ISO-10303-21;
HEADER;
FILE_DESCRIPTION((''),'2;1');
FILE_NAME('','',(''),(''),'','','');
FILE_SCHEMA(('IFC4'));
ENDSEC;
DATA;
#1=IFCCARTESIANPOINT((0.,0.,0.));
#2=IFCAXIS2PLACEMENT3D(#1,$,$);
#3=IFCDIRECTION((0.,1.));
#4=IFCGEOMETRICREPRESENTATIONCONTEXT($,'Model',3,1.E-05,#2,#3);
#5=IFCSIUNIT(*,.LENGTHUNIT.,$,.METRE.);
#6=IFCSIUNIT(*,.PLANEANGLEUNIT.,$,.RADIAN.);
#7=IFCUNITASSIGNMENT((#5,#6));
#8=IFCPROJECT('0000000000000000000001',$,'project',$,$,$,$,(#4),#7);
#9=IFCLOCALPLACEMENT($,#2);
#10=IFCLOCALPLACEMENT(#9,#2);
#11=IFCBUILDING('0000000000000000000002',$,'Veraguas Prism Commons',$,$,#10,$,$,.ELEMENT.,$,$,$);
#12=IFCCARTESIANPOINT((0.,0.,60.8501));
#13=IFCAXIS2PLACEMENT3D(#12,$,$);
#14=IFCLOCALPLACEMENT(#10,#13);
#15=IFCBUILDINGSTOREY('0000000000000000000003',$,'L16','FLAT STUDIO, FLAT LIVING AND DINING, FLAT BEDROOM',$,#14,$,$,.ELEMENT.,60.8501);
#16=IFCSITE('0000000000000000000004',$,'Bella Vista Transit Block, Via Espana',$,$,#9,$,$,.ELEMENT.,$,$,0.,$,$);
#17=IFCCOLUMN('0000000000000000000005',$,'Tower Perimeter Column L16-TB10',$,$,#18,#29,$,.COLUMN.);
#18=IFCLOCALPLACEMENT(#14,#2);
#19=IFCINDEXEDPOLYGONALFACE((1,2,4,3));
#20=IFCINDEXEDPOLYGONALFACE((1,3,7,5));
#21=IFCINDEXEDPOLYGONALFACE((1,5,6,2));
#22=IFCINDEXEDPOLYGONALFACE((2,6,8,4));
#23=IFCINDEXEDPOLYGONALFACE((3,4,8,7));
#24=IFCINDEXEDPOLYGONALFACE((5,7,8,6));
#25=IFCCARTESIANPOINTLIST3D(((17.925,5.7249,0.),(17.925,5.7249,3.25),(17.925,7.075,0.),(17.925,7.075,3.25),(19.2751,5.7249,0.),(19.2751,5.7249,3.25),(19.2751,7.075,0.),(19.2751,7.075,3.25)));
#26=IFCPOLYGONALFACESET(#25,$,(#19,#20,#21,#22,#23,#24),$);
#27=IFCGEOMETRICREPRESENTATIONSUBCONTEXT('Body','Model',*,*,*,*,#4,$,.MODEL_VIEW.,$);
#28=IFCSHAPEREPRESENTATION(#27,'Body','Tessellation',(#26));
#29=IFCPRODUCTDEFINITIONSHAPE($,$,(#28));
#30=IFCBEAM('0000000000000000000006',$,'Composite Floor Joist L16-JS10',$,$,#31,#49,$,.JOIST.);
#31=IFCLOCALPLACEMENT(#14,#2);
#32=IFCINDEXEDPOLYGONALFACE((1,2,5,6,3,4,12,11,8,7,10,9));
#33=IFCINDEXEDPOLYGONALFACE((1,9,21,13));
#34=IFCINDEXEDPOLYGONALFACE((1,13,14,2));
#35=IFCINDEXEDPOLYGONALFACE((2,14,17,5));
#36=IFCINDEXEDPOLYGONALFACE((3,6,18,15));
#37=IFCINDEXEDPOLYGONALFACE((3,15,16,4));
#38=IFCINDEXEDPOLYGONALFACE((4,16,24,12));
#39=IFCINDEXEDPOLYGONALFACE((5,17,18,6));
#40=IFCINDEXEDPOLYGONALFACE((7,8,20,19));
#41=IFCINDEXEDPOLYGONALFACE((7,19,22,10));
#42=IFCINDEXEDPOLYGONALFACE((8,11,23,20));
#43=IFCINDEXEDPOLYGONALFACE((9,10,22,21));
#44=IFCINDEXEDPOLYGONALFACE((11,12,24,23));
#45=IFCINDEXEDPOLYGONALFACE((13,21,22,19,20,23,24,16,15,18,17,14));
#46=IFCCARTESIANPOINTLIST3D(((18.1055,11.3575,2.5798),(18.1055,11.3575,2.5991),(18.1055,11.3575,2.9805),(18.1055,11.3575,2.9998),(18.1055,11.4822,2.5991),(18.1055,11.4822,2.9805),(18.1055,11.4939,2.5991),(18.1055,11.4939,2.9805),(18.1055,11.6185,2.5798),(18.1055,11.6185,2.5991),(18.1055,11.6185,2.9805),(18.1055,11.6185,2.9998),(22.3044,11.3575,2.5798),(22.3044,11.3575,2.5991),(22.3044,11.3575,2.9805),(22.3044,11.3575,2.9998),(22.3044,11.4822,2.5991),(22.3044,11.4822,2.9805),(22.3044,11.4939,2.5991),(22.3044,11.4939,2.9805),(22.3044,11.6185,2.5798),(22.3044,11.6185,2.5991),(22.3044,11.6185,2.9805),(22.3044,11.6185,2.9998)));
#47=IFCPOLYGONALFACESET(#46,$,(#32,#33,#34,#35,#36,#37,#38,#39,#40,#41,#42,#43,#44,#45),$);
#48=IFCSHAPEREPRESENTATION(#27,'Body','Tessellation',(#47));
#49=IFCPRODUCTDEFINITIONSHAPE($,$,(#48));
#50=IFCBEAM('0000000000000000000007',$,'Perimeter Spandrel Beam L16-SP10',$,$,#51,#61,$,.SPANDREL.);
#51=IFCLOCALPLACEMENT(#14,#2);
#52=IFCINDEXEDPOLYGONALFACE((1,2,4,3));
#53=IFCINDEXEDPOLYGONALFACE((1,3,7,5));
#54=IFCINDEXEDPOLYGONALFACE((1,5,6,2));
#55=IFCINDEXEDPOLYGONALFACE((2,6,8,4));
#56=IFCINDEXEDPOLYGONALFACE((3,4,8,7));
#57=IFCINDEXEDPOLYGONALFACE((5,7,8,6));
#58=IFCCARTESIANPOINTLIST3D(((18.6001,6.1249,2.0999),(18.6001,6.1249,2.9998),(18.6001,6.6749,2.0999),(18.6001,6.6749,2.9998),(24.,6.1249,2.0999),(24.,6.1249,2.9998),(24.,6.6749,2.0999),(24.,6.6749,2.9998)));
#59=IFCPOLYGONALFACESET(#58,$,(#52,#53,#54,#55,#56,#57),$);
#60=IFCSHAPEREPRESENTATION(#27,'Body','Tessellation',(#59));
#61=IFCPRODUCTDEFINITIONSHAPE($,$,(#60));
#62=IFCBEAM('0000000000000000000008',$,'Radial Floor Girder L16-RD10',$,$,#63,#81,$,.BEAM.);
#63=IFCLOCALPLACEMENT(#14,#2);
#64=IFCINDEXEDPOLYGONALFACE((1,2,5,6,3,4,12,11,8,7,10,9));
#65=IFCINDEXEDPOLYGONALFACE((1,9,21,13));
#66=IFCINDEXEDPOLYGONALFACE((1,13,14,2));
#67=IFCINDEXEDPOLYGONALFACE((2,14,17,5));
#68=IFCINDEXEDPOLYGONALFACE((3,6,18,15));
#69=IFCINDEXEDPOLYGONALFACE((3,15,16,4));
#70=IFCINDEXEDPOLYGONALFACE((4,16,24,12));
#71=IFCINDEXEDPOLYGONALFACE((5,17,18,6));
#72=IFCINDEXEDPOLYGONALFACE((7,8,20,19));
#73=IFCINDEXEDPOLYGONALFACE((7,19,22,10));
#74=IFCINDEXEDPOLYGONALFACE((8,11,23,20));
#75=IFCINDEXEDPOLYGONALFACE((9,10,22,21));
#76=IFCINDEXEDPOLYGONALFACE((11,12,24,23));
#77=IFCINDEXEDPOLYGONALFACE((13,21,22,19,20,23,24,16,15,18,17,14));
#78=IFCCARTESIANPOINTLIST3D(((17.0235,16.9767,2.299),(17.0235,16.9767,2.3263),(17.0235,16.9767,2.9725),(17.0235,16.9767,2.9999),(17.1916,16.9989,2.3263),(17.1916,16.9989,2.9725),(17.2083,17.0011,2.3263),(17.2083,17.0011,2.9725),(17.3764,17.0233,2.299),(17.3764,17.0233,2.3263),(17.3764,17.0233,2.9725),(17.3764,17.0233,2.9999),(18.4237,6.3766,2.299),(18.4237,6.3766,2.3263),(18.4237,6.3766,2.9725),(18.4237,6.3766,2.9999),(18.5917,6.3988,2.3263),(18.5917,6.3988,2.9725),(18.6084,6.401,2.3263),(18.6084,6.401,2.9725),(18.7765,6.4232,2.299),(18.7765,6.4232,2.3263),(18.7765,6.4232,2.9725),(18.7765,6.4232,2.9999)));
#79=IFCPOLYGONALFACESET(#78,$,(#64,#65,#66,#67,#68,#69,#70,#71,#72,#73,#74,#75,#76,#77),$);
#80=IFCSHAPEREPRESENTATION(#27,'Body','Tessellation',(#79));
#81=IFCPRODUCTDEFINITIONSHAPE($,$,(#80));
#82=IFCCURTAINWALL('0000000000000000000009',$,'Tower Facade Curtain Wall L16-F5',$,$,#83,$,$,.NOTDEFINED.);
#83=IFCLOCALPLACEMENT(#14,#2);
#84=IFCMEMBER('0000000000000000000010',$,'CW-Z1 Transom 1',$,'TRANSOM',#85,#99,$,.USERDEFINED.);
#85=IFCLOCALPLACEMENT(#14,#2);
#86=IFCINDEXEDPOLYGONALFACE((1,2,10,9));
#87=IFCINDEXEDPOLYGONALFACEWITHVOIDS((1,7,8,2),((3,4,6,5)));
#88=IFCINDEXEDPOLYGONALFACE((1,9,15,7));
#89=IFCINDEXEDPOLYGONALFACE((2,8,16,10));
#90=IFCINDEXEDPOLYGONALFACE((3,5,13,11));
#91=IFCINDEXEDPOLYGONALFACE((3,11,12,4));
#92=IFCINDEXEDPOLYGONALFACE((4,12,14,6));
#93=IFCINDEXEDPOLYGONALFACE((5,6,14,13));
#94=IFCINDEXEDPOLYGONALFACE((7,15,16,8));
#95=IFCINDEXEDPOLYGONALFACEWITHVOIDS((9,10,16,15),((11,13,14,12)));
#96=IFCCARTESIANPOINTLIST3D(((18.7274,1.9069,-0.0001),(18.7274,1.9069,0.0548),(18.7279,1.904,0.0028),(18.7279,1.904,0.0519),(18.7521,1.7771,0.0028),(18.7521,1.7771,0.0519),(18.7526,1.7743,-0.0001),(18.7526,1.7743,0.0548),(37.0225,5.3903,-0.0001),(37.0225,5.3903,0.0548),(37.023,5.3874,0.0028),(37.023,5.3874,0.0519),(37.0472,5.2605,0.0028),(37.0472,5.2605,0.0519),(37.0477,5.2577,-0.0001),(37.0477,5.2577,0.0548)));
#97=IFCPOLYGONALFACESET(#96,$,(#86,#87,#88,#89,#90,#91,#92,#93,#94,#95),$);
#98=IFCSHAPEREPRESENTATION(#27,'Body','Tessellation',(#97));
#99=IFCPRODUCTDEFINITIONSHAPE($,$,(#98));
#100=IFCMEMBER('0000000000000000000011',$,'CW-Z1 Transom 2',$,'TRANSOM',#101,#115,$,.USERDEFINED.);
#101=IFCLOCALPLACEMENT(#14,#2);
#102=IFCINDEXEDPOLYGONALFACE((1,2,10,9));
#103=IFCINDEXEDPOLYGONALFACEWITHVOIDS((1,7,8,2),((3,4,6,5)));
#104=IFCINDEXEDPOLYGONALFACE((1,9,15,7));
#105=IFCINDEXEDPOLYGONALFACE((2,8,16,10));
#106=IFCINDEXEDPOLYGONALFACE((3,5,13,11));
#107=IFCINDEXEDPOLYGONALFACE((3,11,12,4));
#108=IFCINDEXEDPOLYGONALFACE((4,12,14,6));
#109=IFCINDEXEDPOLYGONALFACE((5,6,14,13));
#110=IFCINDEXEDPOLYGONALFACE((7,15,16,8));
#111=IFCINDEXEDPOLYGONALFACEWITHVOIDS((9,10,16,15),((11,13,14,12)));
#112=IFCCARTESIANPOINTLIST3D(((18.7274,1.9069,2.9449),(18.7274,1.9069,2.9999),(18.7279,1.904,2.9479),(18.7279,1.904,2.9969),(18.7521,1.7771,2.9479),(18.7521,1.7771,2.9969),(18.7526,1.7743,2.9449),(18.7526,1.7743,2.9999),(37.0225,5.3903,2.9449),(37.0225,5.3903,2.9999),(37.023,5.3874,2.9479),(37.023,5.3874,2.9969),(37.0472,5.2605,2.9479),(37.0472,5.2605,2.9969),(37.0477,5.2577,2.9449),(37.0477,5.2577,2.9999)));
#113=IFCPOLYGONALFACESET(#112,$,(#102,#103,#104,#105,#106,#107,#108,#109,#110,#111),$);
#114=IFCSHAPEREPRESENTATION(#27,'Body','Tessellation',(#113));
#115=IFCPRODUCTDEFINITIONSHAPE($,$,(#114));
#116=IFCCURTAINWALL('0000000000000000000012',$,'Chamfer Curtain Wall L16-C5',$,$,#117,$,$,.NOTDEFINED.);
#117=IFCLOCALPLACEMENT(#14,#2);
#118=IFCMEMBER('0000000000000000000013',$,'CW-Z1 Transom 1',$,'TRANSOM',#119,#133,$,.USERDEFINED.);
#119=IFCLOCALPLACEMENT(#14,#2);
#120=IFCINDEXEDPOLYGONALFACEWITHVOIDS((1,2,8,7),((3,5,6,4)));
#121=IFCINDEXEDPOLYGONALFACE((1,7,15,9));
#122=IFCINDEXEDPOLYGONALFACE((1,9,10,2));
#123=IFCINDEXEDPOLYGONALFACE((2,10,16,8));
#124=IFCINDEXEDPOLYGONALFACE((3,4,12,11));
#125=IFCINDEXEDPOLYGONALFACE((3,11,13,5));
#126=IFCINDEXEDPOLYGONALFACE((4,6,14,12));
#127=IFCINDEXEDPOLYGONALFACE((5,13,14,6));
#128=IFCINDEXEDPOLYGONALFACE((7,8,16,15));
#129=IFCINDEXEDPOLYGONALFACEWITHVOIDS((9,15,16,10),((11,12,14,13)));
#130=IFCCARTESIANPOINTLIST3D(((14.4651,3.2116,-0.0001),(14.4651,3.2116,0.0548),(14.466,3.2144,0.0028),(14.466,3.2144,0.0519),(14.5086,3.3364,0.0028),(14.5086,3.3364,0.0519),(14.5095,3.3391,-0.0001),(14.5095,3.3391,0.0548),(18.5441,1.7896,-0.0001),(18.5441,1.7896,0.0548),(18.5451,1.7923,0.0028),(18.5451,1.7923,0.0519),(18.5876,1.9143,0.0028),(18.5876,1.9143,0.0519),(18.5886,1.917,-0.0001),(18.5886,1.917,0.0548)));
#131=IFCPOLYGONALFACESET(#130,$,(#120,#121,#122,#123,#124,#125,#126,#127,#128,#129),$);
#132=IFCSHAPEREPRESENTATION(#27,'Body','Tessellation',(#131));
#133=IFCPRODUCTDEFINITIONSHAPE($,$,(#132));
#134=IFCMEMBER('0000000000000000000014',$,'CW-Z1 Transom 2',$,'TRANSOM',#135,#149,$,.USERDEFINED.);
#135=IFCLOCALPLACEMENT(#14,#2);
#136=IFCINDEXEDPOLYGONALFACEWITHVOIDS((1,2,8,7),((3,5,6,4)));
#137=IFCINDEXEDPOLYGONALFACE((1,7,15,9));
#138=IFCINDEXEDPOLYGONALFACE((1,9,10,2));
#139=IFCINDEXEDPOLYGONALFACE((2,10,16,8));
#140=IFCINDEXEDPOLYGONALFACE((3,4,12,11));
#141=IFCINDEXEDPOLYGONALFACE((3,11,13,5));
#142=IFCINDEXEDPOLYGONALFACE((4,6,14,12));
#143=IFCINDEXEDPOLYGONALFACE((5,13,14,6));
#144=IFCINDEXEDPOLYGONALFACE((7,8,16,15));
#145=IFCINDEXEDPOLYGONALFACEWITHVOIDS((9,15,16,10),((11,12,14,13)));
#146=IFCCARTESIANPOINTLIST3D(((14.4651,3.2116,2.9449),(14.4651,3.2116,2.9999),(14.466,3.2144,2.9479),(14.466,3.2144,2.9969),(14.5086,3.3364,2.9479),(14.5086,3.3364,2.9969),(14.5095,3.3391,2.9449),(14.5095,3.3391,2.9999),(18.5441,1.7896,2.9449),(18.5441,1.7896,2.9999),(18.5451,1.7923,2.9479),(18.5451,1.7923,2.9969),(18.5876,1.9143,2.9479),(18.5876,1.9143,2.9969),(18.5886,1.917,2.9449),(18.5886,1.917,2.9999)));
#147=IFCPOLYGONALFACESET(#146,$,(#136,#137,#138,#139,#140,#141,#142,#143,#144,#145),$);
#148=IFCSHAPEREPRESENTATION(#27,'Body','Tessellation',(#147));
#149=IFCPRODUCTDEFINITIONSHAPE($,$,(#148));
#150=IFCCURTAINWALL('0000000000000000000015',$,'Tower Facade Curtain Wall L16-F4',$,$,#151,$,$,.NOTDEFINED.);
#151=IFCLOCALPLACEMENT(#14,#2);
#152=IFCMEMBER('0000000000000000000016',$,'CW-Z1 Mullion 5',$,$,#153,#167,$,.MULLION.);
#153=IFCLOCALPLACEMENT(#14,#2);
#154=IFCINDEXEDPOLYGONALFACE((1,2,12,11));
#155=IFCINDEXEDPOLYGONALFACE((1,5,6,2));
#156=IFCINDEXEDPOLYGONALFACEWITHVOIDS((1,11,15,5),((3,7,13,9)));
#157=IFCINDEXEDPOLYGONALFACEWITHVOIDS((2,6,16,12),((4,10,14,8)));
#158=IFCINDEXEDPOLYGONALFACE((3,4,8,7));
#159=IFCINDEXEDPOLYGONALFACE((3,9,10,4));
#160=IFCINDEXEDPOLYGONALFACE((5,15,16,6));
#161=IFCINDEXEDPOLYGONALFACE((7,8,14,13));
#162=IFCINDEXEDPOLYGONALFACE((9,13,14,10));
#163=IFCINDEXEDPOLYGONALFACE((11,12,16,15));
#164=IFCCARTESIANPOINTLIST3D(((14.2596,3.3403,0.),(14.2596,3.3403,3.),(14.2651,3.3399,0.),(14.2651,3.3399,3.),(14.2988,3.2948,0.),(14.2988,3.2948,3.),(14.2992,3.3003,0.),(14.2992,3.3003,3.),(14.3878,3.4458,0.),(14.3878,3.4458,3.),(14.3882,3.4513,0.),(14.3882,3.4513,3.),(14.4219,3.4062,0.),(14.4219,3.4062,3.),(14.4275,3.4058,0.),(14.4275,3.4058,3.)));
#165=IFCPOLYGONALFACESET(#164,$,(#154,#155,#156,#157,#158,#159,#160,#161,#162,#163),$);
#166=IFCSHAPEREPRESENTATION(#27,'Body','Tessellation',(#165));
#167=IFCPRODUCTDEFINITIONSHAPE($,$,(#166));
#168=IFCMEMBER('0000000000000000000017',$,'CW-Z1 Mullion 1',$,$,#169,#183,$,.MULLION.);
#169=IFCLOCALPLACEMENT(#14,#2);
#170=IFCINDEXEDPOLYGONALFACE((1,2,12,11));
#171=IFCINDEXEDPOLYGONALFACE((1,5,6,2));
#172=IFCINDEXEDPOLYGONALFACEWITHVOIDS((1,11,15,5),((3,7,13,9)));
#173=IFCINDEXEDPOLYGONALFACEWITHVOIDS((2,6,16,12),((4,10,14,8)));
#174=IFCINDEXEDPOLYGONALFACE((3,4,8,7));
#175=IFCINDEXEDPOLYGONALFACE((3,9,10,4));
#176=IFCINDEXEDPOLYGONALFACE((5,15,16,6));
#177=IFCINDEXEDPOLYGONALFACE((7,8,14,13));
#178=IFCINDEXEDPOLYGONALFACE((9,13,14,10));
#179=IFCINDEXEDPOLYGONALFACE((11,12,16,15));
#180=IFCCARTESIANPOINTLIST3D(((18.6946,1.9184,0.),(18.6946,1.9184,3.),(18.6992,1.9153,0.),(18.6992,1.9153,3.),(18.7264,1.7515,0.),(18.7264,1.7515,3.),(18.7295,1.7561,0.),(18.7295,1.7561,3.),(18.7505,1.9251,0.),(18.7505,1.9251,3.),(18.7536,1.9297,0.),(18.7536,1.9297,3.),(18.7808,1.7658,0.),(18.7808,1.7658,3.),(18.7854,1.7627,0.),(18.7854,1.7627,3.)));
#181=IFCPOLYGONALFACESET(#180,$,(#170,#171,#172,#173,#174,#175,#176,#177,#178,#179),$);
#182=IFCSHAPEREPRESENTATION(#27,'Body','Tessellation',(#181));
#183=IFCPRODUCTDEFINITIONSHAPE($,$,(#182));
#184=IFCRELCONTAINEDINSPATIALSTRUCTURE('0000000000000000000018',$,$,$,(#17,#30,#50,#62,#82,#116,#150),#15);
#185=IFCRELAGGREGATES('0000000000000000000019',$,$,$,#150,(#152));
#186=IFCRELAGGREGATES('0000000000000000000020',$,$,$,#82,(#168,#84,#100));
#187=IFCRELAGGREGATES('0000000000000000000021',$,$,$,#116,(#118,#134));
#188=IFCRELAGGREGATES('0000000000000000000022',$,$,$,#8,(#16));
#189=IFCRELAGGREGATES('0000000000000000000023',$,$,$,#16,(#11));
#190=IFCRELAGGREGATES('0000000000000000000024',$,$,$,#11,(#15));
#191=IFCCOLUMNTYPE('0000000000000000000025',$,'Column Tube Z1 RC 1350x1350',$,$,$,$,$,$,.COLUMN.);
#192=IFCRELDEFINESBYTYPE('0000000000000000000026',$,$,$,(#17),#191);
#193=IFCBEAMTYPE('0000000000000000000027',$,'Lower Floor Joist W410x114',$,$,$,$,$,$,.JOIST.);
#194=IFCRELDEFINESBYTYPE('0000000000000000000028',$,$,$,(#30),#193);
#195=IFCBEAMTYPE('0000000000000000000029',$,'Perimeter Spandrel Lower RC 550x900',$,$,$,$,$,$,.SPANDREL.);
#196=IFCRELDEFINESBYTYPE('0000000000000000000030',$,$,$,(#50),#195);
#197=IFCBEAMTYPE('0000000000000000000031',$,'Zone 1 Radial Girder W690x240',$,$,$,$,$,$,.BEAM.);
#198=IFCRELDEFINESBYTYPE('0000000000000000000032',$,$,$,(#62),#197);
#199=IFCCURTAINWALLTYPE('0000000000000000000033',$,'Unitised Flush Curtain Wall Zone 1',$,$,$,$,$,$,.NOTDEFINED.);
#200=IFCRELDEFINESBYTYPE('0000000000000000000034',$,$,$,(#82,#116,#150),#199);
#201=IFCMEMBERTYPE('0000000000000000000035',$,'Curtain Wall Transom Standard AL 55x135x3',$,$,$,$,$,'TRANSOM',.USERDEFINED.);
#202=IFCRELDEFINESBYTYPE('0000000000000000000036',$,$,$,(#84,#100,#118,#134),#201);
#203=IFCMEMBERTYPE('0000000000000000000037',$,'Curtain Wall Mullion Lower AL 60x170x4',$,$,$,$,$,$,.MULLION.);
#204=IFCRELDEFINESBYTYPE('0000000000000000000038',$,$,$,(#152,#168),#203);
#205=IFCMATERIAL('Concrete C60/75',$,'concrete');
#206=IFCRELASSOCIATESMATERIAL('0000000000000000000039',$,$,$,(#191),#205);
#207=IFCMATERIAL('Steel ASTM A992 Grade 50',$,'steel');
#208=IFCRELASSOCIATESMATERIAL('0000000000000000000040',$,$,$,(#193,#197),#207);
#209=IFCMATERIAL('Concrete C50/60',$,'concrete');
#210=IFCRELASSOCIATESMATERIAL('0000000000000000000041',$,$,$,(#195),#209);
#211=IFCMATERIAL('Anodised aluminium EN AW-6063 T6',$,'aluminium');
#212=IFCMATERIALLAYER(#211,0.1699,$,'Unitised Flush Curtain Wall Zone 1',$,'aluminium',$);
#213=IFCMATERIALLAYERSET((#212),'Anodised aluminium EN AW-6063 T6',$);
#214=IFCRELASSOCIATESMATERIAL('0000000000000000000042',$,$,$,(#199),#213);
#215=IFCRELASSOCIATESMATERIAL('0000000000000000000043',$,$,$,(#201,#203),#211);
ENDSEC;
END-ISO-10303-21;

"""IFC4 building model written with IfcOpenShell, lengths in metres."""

from ifc_helpers import new_model, si_unit, direction, frame, origin, origin_2d, place, context, subcontext, project, spatial, rectangle, hollow_rectangle, i_section, extrude, source, transform, mapped, material, layer, layer_set, material_profile, profile_set, type_object, element, aggregate, save


model = new_model("IFC4")

# Units and contexts
model_context = context("Model", 3, precision=1e-05, world=origin(), true_north=direction((0.0, 1.0)))
body_context = subcontext(model_context, "Body", "Model", "MODEL_VIEW")
ifc_project = project(units=[si_unit("LENGTHUNIT", "METRE"), si_unit("PLANEANGLEUNIT", "RADIAN")], contexts=[model_context])

# Site, building, storey
site_placement = place(None, origin())
site = spatial("IfcSite", under=ifc_project, at=site_placement, Name="Bella Vista Transit Block, Via Espana", CompositionType="ELEMENT", RefElevation=0.0)
building_placement = place(site_placement, origin())
building = spatial("IfcBuilding", under=site, at=building_placement, Name="Veraguas Prism Commons", CompositionType="ELEMENT")
storey_placement = place(building_placement, frame((0.0, 0.0, 60.8501)))
storey = spatial("IfcBuildingStorey", under=building, at=storey_placement, Name="L16", Description="FLAT STUDIO, FLAT LIVING AND DINING, FLAT BEDROOM", CompositionType="ELEMENT", Elevation=60.8501)

# Column
ifc_material_1 = material(Name="Concrete C60/75", Category="concrete")
ifc_material_profile_1 = material_profile(ifc_material_1, rectangle(XDim=1.3501, YDim=1.3501, at=origin_2d()), Name="RC1350X1350")
ifc_profile_set_1 = profile_set([ifc_material_profile_1], Name="Concrete C60/75")
column_type = type_object("IfcColumnType", Name="Column Tube Z1 RC 1350x1350", PredefinedType="COLUMN", material=ifc_profile_set_1)
column_placement = place(storey_placement, frame((18.6001, 6.3999, 0.0), z_axis=(0.0, 0.0, 1.0), x_axis=(1.0, 0.0, 0.0)))
element("IfcColumn", 1, at=column_placement, inside=storey, type_object=column_type, Name="Tower Perimeter Column L16-TB10", PredefinedType="COLUMN", context=body_context, shape_type="SweptSolid", body=[
    extrude(rectangle(XDim=1.3501, YDim=1.3501, at=origin_2d()), origin(), (0.0, 0.0, 1.0), 3.25),
])

# Beams
ifc_material_2 = material(Name="Steel ASTM A992 Grade 50", Category="steel")
ifc_material_profile_2 = material_profile(ifc_material_2, i_section(OverallWidth=0.261, OverallDepth=0.4199, WebThickness=0.0117, FlangeThickness=0.0193, at=origin_2d()), Name="W410X114")
ifc_profile_set_2 = profile_set([ifc_material_profile_2], Name="Steel ASTM A992 Grade 50")
beam_type_1 = type_object("IfcBeamType", Name="Lower Floor Joist W410x114", PredefinedType="JOIST", material=ifc_profile_set_2)
beam_1_placement = place(storey_placement, frame((18.1055, 11.488, 2.7898), z_axis=(1.0, 0.0, 0.0), x_axis=(0.0, 1.0, 0.0)))
element("IfcBeam", 2, at=beam_1_placement, inside=storey, type_object=beam_type_1, Name="Composite Floor Joist L16-JS10", PredefinedType="JOIST", context=body_context, shape_type="SweptSolid", body=[
    extrude(i_section(OverallWidth=0.261, OverallDepth=0.4199, WebThickness=0.0117, FlangeThickness=0.0193, at=origin_2d()), origin(), (0.0, 0.0, 1.0), 4.199),
])
ifc_material_3 = material(Name="Concrete C50/60", Category="concrete")
ifc_material_profile_3 = material_profile(ifc_material_3, rectangle(XDim=0.55, YDim=0.8999, at=origin_2d()), Name="RC550X900")
ifc_profile_set_3 = profile_set([ifc_material_profile_3], Name="Concrete C50/60")
beam_type_2 = type_object("IfcBeamType", Name="Perimeter Spandrel Lower RC 550x900", PredefinedType="SPANDREL", material=ifc_profile_set_3)
beam_2_placement = place(storey_placement, frame((18.6001, 6.3999, 2.5498), z_axis=(1.0, 0.0, 0.0), x_axis=(0.0, 1.0, 0.0)))
element("IfcBeam", 3, at=beam_2_placement, inside=storey, type_object=beam_type_2, Name="Perimeter Spandrel Beam L16-SP10", PredefinedType="SPANDREL", context=body_context, shape_type="SweptSolid", body=[
    extrude(rectangle(XDim=0.55, YDim=0.8999, at=origin_2d()), origin(), (0.0, 0.0, 1.0), 5.3999),
])
ifc_material_profile_4 = material_profile(ifc_material_2, i_section(OverallWidth=0.356, OverallDepth=0.7009, WebThickness=0.0168, FlangeThickness=0.0273, at=origin_2d()), Name="W690X240")
ifc_profile_set_4 = profile_set([ifc_material_profile_4], Name="Steel ASTM A992 Grade 50")
beam_type_3 = type_object("IfcBeamType", Name="Zone 1 Radial Girder W690x240", PredefinedType="BEAM", material=ifc_profile_set_4)
beam_3_placement = place(storey_placement, frame((18.6001, 6.3999, 2.6494), z_axis=(-0.130951, 0.991389, 0.0), x_axis=(-0.991389, -0.130951, 0.0)))
element("IfcBeam", 4, at=beam_3_placement, inside=storey, type_object=beam_type_3, Name="Radial Floor Girder L16-RD10", PredefinedType="BEAM", context=body_context, shape_type="SweptSolid", body=[
    extrude(i_section(OverallWidth=0.356, OverallDepth=0.7009, WebThickness=0.0168, FlangeThickness=0.0273, at=origin_2d()), origin(), (0.0, 0.0, 1.0), 10.6921),
])

# Curtain walls, members
ifc_material_4 = material(Name="Anodised aluminium EN AW-6063 T6", Category="aluminium")
ifc_layer_1 = layer(ifc_material_4, 0.1699, Name="Unitised Flush Curtain Wall Zone 1", Category="aluminium")
ifc_layer_set_1 = layer_set([ifc_layer_1], Name="Anodised aluminium EN AW-6063 T6")
curtain_wall_type = type_object("IfcCurtainWallType", Name="Unitised Flush Curtain Wall Zone 1", PredefinedType="NOTDEFINED", material=ifc_layer_set_1)
curtain_wall_1_placement = place(storey_placement, origin())
curtain_wall_1 = element("IfcCurtainWall", 5, at=curtain_wall_1_placement, inside=storey, type_object=curtain_wall_type, Name="Tower Facade Curtain Wall L16-F5", PredefinedType="NOTDEFINED")
ifc_material_profile_5 = material_profile(ifc_material_4, hollow_rectangle(XDim=0.0549, YDim=0.135, WallThickness=0.0029, at=origin_2d()), Name="AL55X135X3")
ifc_profile_set_5 = profile_set([ifc_material_profile_5], Name="Anodised aluminium EN AW-6063 T6")
member_type_1 = type_object("IfcMemberType", Name="Curtain Wall Transom Standard AL 55x135x3", ElementType="TRANSOM", PredefinedType="USERDEFINED", material=ifc_profile_set_5)
shared_shape_1 = source(origin(), body_context, "Body", "SweptSolid", [
    extrude(hollow_rectangle(XDim=0.0549, YDim=0.135, WallThickness=0.0029, at=origin_2d()), origin(), (0.0, 0.0, 1.0), 18.6238),
])
member_1_placement = place(storey_placement, frame((18.74, 1.8406, 0.0273), z_axis=(0.982352, 0.18704, 0.0), x_axis=(0.0, 0.0, 1.0)))
member_1 = element("IfcMember", 6, at=member_1_placement, type_object=member_type_1, Name="CW-Z1 Transom 1", ObjectType="TRANSOM", PredefinedType="USERDEFINED", context=body_context, shape_type="MappedRepresentation", body=[
    mapped(shared_shape_1, transform((0.0, 0.0, 0.0), scale=1.0)),
])
member_2_placement = place(storey_placement, frame((18.74, 1.8406, 2.9724), z_axis=(0.982352, 0.18704, 0.0), x_axis=(0.0, 0.0, 1.0)))
member_2 = element("IfcMember", 7, at=member_2_placement, type_object=member_type_1, Name="CW-Z1 Transom 2", ObjectType="TRANSOM", PredefinedType="USERDEFINED", context=body_context, shape_type="MappedRepresentation", body=[
    mapped(shared_shape_1, transform((0.0, 0.0, 0.0), scale=1.0)),
])
curtain_wall_2_placement = place(storey_placement, origin())
curtain_wall_2 = element("IfcCurtainWall", 8, at=curtain_wall_2_placement, inside=storey, type_object=curtain_wall_type, Name="Chamfer Curtain Wall L16-C5", PredefinedType="NOTDEFINED")
shared_shape_2 = source(origin(), body_context, "Body", "SweptSolid", [
    extrude(hollow_rectangle(XDim=0.0549, YDim=0.135, WallThickness=0.0029, at=origin_2d()), origin(), (0.0, 0.0, 1.0), 4.3198),
])
member_3_placement = place(storey_placement, frame((14.4873, 3.2754, 0.0273), z_axis=(0.944259, -0.329202, 0.0), x_axis=(0.0, 0.0, 1.0)))
member_3 = element("IfcMember", 9, at=member_3_placement, type_object=member_type_1, Name="CW-Z1 Transom 1", ObjectType="TRANSOM", PredefinedType="USERDEFINED", context=body_context, shape_type="MappedRepresentation", body=[
    mapped(shared_shape_2, transform((0.0, 0.0, 0.0), scale=1.0)),
])
member_4_placement = place(storey_placement, frame((14.4873, 3.2754, 2.9724), z_axis=(0.944259, -0.329202, 0.0), x_axis=(0.0, 0.0, 1.0)))
member_4 = element("IfcMember", 10, at=member_4_placement, type_object=member_type_1, Name="CW-Z1 Transom 2", ObjectType="TRANSOM", PredefinedType="USERDEFINED", context=body_context, shape_type="MappedRepresentation", body=[
    mapped(shared_shape_2, transform((0.0, 0.0, 0.0), scale=1.0)),
])

# Curtain wall, member
curtain_wall_3_placement = place(storey_placement, origin())
curtain_wall_3 = element("IfcCurtainWall", 11, at=curtain_wall_3_placement, inside=storey, type_object=curtain_wall_type, Name="Tower Facade Curtain Wall L16-F4", PredefinedType="NOTDEFINED")
ifc_material_profile_6 = material_profile(ifc_material_4, hollow_rectangle(XDim=0.0601, YDim=0.1699, WallThickness=0.0039, at=origin_2d()), Name="AL60X170X4")
ifc_profile_set_6 = profile_set([ifc_material_profile_6], Name="Anodised aluminium EN AW-6063 T6")
member_type_2 = type_object("IfcMemberType", Name="Curtain Wall Mullion Lower AL 60x170x4", PredefinedType="MULLION", material=ifc_profile_set_6)
shared_shape_3 = source(origin(), body_context, "Body", "SweptSolid", [
    extrude(hollow_rectangle(XDim=0.0601, YDim=0.1699, WallThickness=0.0039, at=origin_2d()), origin(), (0.0, 0.0, 1.0), 3.0),
])
member_5_placement = place(storey_placement, frame((14.3435, 3.373, 0.0), z_axis=(0.0, 0.0, 1.0), x_axis=(0.65315, -0.757229, 0.0)))
member_5 = element("IfcMember", 12, at=member_5_placement, type_object=member_type_2, Name="CW-Z1 Mullion 5", PredefinedType="MULLION", context=body_context, shape_type="MappedRepresentation", body=[
    mapped(shared_shape_3, transform((0.0, 0.0, 0.0), scale=1.0)),
])

# Member
member_6_placement = place(storey_placement, frame((18.74, 1.8406, 0.0), z_axis=(0.0, 0.0, 1.0), x_axis=(0.982353, 0.187038, 0.0)))
member_6 = element("IfcMember", 13, at=member_6_placement, type_object=member_type_2, Name="CW-Z1 Mullion 1", PredefinedType="MULLION", context=body_context, shape_type="MappedRepresentation", body=[
    mapped(shared_shape_3, transform((0.0, 0.0, 0.0), scale=1.0)),
])

aggregate(curtain_wall_3, [member_5])
aggregate(curtain_wall_1, [member_6, member_1, member_2])
aggregate(curtain_wall_2, [member_3, member_4])

save(model, "model.ifc")
